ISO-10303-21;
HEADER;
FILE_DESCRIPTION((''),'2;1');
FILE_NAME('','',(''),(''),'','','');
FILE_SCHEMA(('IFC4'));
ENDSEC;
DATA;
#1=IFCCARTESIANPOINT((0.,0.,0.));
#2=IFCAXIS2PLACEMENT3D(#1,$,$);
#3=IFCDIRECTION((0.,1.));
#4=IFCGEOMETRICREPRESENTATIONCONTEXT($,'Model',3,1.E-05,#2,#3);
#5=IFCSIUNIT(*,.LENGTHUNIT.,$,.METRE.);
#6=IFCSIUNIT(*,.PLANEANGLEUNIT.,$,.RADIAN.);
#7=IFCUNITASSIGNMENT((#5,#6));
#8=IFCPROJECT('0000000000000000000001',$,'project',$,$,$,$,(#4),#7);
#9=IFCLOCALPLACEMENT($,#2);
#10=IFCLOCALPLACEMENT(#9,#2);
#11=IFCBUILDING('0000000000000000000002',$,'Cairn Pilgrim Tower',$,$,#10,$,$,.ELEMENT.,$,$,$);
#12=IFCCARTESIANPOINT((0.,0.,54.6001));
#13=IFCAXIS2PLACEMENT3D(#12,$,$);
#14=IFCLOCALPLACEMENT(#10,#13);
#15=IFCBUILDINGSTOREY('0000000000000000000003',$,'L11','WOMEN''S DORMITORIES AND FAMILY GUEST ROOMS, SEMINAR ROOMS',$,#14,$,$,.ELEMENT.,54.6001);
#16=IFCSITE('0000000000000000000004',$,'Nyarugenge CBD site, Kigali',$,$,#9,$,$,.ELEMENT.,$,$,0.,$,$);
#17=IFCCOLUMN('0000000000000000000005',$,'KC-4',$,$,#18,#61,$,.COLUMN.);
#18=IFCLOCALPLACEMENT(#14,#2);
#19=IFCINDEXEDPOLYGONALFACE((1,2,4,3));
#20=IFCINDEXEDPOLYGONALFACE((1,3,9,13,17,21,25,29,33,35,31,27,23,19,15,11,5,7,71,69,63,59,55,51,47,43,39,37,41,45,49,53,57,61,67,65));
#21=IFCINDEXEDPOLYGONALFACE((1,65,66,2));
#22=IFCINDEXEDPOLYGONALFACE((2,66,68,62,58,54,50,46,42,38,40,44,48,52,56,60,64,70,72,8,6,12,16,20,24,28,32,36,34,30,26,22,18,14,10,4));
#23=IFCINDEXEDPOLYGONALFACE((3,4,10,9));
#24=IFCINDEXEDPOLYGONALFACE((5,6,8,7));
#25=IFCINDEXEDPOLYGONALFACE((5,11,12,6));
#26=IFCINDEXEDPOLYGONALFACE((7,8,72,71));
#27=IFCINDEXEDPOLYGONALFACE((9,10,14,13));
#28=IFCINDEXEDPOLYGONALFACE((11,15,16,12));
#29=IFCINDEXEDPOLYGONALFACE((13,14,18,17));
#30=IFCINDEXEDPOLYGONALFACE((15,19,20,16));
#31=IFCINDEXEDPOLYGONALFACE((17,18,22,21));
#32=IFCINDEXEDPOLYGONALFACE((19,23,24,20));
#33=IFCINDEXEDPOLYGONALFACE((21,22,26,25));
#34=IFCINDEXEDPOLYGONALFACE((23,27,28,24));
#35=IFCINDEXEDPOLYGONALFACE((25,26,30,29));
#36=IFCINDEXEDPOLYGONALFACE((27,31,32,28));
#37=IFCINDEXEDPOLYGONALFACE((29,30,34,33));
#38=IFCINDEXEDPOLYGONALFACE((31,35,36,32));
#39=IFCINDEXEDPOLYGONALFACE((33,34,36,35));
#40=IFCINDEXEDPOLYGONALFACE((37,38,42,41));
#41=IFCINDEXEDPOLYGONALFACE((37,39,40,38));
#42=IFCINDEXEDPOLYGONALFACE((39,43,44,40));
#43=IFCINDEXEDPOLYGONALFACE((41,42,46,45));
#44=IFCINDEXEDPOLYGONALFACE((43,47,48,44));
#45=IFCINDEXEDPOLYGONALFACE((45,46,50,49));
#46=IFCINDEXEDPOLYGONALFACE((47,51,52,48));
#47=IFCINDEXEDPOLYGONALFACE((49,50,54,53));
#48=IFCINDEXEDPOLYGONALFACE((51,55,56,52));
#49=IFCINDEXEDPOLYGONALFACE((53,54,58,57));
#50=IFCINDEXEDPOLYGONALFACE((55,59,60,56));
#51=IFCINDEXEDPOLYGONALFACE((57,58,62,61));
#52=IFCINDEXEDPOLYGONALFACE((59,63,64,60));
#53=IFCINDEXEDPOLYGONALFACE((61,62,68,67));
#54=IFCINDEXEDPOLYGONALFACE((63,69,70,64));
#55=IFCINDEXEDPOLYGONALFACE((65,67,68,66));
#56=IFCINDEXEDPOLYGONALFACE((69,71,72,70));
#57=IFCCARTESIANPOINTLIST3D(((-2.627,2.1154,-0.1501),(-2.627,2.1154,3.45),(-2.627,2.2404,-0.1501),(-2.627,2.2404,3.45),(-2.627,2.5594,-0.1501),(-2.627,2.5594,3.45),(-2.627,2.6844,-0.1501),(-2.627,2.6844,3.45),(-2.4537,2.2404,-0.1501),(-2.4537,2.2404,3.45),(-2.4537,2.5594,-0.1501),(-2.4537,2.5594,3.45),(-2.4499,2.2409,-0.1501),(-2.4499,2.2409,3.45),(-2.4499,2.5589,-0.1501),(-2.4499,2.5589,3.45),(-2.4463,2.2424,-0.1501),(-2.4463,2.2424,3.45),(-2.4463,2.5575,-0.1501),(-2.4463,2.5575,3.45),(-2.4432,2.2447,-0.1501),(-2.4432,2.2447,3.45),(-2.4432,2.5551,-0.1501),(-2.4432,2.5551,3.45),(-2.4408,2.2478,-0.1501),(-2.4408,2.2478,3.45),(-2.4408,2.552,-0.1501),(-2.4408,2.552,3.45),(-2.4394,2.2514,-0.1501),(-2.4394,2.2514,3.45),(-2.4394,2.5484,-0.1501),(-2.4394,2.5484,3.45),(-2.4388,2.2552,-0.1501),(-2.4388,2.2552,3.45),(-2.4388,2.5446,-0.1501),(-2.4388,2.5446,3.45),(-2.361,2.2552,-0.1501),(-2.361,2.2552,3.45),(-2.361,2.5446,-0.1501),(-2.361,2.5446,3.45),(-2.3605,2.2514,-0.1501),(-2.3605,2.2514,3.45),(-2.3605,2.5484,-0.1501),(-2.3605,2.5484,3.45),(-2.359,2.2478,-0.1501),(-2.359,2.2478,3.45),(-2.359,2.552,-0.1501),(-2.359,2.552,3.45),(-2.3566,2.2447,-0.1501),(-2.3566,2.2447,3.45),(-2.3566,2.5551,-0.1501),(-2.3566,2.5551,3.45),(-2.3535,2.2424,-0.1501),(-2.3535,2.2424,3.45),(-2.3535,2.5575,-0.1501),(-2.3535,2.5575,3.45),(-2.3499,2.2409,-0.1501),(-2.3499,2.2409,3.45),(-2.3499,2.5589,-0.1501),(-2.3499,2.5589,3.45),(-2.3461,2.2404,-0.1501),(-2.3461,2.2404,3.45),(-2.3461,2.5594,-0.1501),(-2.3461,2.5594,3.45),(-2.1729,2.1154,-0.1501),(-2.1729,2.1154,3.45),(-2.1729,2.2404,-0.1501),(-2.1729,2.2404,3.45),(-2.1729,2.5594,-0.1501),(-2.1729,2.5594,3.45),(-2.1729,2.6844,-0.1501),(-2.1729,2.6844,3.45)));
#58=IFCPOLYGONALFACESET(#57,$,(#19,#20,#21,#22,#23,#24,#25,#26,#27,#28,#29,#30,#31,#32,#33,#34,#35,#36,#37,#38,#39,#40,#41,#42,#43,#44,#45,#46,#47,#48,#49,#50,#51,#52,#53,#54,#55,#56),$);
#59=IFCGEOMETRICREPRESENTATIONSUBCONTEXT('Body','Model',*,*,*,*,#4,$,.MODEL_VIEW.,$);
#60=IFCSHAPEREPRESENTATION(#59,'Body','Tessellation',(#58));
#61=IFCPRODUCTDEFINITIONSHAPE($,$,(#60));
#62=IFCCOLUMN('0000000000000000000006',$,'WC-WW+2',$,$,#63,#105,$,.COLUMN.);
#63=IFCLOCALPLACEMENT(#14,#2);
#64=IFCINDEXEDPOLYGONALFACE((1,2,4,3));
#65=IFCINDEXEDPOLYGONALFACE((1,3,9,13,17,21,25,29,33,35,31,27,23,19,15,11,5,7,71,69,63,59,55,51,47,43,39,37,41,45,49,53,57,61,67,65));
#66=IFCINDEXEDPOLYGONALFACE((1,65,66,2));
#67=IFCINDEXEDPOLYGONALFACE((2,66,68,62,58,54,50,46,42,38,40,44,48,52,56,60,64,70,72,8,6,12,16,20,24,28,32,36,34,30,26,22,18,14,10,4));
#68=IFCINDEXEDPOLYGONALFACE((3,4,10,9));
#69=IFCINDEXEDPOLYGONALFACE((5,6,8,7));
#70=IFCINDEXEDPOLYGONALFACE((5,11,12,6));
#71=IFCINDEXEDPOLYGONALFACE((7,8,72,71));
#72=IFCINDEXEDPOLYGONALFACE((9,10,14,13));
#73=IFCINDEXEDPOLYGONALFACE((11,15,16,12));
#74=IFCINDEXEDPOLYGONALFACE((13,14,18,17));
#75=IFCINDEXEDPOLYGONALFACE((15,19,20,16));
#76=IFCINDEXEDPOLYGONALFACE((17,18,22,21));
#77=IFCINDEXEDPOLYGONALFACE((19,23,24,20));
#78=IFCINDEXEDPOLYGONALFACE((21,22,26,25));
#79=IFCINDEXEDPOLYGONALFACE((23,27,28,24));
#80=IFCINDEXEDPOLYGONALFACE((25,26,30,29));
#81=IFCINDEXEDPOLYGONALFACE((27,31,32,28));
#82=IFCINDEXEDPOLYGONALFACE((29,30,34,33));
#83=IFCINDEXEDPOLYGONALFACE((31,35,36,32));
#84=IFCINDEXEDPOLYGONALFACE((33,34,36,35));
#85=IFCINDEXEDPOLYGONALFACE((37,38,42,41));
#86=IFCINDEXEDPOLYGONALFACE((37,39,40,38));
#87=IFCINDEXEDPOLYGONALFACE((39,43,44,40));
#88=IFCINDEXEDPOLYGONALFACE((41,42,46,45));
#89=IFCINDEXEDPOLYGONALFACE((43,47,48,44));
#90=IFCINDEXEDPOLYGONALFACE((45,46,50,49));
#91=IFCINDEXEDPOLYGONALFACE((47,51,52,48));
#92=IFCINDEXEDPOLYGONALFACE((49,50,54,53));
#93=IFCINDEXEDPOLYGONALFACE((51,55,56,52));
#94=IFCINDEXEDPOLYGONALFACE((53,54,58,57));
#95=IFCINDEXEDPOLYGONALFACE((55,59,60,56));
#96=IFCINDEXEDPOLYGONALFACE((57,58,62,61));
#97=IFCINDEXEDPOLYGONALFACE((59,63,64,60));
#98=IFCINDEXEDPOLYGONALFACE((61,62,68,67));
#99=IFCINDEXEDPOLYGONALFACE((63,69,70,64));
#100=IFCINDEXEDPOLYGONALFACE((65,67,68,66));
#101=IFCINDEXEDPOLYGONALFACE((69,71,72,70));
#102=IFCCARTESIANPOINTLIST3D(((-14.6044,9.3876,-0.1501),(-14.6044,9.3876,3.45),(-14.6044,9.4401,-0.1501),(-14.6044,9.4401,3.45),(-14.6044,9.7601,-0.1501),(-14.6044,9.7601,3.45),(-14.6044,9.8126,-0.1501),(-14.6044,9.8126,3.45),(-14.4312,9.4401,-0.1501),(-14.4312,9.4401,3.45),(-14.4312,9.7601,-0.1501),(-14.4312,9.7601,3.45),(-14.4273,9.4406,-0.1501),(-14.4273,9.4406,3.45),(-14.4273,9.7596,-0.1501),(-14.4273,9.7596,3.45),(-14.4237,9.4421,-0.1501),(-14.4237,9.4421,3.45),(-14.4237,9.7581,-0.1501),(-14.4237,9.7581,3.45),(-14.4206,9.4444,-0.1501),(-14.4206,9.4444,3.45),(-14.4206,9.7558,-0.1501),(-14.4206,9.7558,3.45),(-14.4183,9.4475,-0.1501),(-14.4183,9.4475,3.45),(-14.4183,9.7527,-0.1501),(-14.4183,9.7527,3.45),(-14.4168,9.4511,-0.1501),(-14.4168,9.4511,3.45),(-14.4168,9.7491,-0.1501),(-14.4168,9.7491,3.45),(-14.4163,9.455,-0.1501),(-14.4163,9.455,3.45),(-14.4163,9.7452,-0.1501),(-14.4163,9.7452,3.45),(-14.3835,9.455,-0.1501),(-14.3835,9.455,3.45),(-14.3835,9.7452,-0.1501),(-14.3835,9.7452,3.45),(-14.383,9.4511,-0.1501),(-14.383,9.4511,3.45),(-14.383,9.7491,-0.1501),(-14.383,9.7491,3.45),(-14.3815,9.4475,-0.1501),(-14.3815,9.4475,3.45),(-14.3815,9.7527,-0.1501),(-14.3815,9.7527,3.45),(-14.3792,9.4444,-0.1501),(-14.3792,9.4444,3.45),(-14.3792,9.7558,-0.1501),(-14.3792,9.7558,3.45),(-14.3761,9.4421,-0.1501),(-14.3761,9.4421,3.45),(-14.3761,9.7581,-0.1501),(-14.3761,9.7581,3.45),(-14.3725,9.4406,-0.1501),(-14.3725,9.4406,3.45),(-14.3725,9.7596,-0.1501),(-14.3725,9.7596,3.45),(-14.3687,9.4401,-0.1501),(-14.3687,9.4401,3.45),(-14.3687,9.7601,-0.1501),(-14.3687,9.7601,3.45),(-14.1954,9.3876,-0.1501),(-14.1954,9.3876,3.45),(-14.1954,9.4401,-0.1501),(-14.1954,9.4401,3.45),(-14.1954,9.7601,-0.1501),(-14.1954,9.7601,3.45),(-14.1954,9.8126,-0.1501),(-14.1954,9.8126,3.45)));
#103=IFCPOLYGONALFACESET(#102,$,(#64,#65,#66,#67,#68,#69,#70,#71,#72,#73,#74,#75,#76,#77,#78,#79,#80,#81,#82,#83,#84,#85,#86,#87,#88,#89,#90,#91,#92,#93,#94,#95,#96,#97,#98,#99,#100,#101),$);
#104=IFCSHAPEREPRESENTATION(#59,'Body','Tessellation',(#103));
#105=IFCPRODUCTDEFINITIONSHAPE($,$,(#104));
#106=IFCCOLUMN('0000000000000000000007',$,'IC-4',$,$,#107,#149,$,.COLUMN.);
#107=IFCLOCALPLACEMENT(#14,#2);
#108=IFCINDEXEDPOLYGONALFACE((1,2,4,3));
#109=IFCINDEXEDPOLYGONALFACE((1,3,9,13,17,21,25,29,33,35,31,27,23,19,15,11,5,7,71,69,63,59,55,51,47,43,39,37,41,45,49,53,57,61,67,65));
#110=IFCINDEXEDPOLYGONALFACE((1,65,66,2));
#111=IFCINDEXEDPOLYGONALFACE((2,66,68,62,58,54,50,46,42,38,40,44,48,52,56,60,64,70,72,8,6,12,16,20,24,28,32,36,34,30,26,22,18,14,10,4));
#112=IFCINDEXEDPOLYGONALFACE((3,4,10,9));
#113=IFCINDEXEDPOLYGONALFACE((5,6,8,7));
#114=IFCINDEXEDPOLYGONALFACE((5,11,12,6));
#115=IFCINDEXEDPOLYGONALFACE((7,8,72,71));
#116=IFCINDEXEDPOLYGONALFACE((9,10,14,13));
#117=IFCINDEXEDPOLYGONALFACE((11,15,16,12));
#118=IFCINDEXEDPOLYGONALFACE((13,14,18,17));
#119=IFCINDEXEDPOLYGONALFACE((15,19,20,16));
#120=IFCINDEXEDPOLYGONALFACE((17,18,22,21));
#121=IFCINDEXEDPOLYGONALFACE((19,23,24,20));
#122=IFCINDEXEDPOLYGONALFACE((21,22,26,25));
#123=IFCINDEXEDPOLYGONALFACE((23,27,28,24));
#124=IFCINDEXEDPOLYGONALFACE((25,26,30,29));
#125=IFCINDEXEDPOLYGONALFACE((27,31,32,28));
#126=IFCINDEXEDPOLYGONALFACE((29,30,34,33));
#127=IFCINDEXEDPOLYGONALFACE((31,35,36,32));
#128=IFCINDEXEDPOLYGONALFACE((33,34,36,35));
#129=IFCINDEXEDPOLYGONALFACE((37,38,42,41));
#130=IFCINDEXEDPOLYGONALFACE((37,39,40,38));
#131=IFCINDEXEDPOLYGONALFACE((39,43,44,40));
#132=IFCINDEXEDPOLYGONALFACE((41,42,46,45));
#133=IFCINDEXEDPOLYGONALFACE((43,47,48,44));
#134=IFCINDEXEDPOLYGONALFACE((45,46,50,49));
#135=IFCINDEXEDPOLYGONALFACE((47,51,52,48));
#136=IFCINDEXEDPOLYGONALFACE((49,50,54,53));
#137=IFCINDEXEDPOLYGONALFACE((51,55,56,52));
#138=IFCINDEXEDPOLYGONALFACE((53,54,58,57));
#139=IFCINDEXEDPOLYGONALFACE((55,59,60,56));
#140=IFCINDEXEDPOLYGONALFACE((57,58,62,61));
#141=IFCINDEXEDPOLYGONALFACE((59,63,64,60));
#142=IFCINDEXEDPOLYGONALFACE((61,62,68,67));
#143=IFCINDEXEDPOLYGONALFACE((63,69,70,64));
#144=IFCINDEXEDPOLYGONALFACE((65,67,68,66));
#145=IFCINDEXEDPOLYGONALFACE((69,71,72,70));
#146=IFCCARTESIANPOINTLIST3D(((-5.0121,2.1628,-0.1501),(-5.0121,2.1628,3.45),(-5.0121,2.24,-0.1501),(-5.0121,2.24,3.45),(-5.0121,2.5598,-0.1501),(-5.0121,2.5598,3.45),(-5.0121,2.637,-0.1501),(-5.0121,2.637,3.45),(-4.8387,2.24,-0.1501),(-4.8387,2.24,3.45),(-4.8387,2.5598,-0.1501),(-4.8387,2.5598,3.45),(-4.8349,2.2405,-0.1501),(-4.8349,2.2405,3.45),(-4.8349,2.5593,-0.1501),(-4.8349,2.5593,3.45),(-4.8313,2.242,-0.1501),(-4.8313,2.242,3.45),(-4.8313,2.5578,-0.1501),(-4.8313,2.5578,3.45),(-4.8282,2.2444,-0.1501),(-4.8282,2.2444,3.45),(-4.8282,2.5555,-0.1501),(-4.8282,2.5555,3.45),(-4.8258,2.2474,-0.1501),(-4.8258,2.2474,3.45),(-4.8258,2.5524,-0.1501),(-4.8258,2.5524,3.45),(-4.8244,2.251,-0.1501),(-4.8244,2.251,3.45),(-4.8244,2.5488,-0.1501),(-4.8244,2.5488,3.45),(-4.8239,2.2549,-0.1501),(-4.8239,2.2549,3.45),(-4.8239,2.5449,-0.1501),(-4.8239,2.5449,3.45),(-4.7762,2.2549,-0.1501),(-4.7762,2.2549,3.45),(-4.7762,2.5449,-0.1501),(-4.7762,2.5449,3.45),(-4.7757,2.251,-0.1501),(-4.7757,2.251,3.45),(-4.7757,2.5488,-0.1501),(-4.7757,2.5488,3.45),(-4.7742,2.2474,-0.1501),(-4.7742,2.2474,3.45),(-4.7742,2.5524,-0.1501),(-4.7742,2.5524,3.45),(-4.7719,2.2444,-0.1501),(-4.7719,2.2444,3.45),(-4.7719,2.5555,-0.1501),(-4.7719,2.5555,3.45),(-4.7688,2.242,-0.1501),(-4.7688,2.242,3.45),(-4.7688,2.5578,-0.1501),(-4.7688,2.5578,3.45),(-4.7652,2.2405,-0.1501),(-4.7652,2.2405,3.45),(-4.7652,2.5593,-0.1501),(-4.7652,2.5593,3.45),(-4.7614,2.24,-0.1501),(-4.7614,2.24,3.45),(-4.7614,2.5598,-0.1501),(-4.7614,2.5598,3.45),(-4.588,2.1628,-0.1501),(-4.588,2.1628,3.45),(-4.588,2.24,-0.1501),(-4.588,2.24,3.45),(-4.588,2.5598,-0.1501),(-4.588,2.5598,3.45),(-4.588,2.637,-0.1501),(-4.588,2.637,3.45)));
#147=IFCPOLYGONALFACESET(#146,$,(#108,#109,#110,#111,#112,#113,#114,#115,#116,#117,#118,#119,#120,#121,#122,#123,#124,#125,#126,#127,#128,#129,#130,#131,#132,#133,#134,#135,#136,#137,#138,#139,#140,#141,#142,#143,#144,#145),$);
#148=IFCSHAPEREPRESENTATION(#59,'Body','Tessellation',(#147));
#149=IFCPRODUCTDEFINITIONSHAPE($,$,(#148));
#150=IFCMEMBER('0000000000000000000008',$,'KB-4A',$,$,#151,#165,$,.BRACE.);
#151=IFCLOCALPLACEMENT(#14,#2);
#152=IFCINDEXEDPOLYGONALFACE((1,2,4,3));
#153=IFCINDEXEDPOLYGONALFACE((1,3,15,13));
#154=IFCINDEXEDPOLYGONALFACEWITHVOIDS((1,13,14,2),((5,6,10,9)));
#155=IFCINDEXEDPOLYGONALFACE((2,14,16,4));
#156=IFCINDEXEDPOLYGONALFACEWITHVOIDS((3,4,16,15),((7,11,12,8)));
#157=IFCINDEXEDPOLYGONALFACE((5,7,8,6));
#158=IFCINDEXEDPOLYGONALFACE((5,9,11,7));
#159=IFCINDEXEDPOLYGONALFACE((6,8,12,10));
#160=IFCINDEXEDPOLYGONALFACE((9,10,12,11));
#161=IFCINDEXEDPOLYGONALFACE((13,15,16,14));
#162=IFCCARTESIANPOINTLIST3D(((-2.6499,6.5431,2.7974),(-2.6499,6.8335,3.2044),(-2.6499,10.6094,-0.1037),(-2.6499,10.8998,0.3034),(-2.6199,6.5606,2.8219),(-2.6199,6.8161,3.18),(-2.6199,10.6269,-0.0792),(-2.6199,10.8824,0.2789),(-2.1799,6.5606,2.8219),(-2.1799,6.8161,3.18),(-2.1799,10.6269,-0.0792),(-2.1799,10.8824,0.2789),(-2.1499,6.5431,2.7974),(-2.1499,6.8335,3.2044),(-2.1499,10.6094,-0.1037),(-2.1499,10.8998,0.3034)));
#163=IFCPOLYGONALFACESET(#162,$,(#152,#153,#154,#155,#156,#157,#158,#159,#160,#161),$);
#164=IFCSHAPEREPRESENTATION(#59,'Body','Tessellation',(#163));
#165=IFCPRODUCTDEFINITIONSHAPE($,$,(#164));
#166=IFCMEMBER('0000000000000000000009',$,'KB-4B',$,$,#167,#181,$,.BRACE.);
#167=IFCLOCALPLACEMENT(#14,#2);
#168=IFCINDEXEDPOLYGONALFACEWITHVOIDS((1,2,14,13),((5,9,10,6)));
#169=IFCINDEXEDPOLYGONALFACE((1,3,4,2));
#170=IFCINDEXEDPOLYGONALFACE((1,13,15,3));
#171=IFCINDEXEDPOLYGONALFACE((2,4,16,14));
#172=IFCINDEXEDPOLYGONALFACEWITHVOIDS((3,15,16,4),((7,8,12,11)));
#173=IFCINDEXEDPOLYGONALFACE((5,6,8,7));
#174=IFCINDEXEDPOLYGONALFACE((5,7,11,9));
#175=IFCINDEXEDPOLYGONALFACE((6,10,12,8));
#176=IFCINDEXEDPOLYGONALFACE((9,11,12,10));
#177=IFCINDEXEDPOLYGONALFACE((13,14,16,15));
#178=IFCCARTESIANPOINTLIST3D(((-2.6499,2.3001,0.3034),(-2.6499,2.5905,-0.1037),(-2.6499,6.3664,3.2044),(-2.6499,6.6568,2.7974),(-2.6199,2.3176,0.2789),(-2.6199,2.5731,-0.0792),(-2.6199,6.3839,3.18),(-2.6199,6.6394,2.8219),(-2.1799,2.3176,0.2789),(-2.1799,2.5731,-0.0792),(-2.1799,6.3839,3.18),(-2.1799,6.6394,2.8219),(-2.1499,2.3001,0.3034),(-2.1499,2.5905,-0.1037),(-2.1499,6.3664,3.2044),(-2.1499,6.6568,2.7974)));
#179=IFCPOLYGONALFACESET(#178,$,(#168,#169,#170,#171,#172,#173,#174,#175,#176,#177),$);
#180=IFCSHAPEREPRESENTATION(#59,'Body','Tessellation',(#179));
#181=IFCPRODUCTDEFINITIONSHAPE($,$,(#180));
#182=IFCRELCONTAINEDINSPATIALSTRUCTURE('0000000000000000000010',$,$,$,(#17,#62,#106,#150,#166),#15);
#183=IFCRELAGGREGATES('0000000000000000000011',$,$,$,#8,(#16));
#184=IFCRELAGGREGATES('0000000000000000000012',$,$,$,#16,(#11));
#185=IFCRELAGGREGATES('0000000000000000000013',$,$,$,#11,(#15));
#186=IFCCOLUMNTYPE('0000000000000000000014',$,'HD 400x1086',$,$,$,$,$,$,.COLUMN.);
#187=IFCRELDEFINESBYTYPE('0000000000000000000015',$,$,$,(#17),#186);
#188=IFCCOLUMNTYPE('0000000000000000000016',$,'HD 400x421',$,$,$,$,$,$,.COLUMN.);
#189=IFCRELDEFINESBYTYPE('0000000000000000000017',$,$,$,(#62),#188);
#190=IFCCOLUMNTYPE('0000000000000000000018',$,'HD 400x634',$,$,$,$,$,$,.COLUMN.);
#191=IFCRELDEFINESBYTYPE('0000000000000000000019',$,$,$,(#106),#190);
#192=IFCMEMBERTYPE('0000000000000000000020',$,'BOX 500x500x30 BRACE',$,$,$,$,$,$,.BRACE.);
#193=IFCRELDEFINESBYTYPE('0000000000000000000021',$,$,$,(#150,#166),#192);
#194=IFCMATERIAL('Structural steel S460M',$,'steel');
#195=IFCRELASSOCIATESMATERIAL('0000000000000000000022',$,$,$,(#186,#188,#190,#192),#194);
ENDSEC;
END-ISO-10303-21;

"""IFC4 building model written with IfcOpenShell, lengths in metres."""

from ifc_helpers import new_model, si_unit, direction, frame, origin, origin_2d, place, context, subcontext, project, spatial, hollow_rectangle, i_section, extrude, material, material_profile, profile_set, type_object, element, save


model = new_model("IFC4")

# Units and contexts
model_context = context("Model", 3, precision=1e-05, world=origin(), true_north=direction((0.0, 1.0)))
body_context = subcontext(model_context, "Body", "Model", "MODEL_VIEW")
ifc_project = project(units=[si_unit("LENGTHUNIT", "METRE"), si_unit("PLANEANGLEUNIT", "RADIAN")], contexts=[model_context])

# Site, building, storey
site_placement = place(None, origin())
site = spatial("IfcSite", under=ifc_project, at=site_placement, Name="Nyarugenge CBD site, Kigali", CompositionType="ELEMENT", RefElevation=0.0)
building_placement = place(site_placement, origin())
building = spatial("IfcBuilding", under=site, at=building_placement, Name="Cairn Pilgrim Tower", CompositionType="ELEMENT")
storey_placement = place(building_placement, frame((0.0, 0.0, 54.6001)))
storey = spatial("IfcBuildingStorey", under=building, at=storey_placement, Name="L11", Description="WOMEN'S DORMITORIES AND FAMILY GUEST ROOMS, SEMINAR ROOMS", CompositionType="ELEMENT", Elevation=54.6001)

# Columns
ifc_material_1 = material(Name="Structural steel S460M", Category="steel")
ifc_material_profile_1 = material_profile(ifc_material_1, i_section(OverallWidth=0.4541, OverallDepth=0.5691, WebThickness=0.0779, FlangeThickness=0.125, FilletRadius=0.0149, at=origin_2d()), Name="HD 400x1086")
ifc_profile_set_1 = profile_set([ifc_material_profile_1], Name="Structural steel S460M")
column_type_1 = type_object("IfcColumnType", Name="HD 400x1086", PredefinedType="COLUMN", material=ifc_profile_set_1)
column_1_placement = place(storey_placement, frame((-2.3999, 2.3999, -0.1501), z_axis=(0.0, 0.0, 1.0), x_axis=(1.0, 0.0, 0.0)))
element("IfcColumn", 1, at=column_1_placement, inside=storey, type_object=column_type_1, Name="KC-4", PredefinedType="COLUMN", context=body_context, shape_type="SweptSolid", body=[
    extrude(i_section(OverallWidth=0.4541, OverallDepth=0.5691, WebThickness=0.0779, FlangeThickness=0.125, FilletRadius=0.0149, at=origin_2d()), origin(), (0.0, 0.0, 1.0), 3.6001),
])
ifc_material_profile_2 = material_profile(ifc_material_1, i_section(OverallWidth=0.4089, OverallDepth=0.425, WebThickness=0.0327, FlangeThickness=0.0525, FilletRadius=0.0149, at=origin_2d()), Name="HD 400x421")
ifc_profile_set_2 = profile_set([ifc_material_profile_2], Name="Structural steel S460M")
column_type_2 = type_object("IfcColumnType", Name="HD 400x421", PredefinedType="COLUMN", material=ifc_profile_set_2)
column_2_placement = place(storey_placement, frame((-14.3999, 9.6001, -0.1501), z_axis=(0.0, 0.0, 1.0), x_axis=(1.0, 0.0, 0.0)))
element("IfcColumn", 2, at=column_2_placement, inside=storey, type_object=column_type_2, Name="WC-WW+2", PredefinedType="COLUMN", context=body_context, shape_type="SweptSolid", body=[
    extrude(i_section(OverallWidth=0.4089, OverallDepth=0.425, WebThickness=0.0327, FlangeThickness=0.0525, FilletRadius=0.0149, at=origin_2d()), origin(), (0.0, 0.0, 1.0), 3.6001),
])
ifc_material_profile_3 = material_profile(ifc_material_1, i_section(OverallWidth=0.4241, OverallDepth=0.4741, WebThickness=0.0476, FlangeThickness=0.0771, FilletRadius=0.0149, at=origin_2d()), Name="HD 400x634")
ifc_profile_set_3 = profile_set([ifc_material_profile_3], Name="Structural steel S460M")
column_type_3 = type_object("IfcColumnType", Name="HD 400x634", PredefinedType="COLUMN", material=ifc_profile_set_3)
column_3_placement = place(storey_placement, frame((-4.8, 2.3999, -0.1501), z_axis=(0.0, 0.0, 1.0), x_axis=(1.0, 0.0, 0.0)))
element("IfcColumn", 3, at=column_3_placement, inside=storey, type_object=column_type_3, Name="IC-4", PredefinedType="COLUMN", context=body_context, shape_type="SweptSolid", body=[
    extrude(i_section(OverallWidth=0.4241, OverallDepth=0.4741, WebThickness=0.0476, FlangeThickness=0.0771, FilletRadius=0.0149, at=origin_2d()), origin(), (0.0, 0.0, 1.0), 3.6001),
])

# Members
ifc_material_profile_4 = material_profile(ifc_material_1, hollow_rectangle(XDim=0.5, YDim=0.5, WallThickness=0.03, at=origin_2d()), Name="BOX 500x500x30")
ifc_profile_set_4 = profile_set([ifc_material_profile_4], Name="Structural steel S460M")
member_type = type_object("IfcMemberType", Name="BOX 500x500x30 BRACE", PredefinedType="BRACE", material=ifc_profile_set_4)
for number, where, z_axis, x_axis, name in (
    (4, (-2.3999, 10.7546, 0.0999), (0.0, -0.81406, 0.58078), (1.0, 0.0, 0.0), "KB-4A"),
    (5, (-2.3999, 2.4453, 0.0999), (0.0, 0.81406, 0.58078), (-1.0, 0.0, 0.0), "KB-4B"),
):
    element("IfcMember", number, at=place(storey_placement, frame(where, z_axis=z_axis, x_axis=x_axis)), inside=storey, type_object=member_type, Name=name, PredefinedType="BRACE", context=body_context, shape_type="SweptSolid", body=[
        extrude(hollow_rectangle(XDim=0.5, YDim=0.5, WallThickness=0.03, at=origin_2d()), origin(), (0.0, 0.0, 1.0), 4.9951),
    ])

save(model, "model.ifc")
